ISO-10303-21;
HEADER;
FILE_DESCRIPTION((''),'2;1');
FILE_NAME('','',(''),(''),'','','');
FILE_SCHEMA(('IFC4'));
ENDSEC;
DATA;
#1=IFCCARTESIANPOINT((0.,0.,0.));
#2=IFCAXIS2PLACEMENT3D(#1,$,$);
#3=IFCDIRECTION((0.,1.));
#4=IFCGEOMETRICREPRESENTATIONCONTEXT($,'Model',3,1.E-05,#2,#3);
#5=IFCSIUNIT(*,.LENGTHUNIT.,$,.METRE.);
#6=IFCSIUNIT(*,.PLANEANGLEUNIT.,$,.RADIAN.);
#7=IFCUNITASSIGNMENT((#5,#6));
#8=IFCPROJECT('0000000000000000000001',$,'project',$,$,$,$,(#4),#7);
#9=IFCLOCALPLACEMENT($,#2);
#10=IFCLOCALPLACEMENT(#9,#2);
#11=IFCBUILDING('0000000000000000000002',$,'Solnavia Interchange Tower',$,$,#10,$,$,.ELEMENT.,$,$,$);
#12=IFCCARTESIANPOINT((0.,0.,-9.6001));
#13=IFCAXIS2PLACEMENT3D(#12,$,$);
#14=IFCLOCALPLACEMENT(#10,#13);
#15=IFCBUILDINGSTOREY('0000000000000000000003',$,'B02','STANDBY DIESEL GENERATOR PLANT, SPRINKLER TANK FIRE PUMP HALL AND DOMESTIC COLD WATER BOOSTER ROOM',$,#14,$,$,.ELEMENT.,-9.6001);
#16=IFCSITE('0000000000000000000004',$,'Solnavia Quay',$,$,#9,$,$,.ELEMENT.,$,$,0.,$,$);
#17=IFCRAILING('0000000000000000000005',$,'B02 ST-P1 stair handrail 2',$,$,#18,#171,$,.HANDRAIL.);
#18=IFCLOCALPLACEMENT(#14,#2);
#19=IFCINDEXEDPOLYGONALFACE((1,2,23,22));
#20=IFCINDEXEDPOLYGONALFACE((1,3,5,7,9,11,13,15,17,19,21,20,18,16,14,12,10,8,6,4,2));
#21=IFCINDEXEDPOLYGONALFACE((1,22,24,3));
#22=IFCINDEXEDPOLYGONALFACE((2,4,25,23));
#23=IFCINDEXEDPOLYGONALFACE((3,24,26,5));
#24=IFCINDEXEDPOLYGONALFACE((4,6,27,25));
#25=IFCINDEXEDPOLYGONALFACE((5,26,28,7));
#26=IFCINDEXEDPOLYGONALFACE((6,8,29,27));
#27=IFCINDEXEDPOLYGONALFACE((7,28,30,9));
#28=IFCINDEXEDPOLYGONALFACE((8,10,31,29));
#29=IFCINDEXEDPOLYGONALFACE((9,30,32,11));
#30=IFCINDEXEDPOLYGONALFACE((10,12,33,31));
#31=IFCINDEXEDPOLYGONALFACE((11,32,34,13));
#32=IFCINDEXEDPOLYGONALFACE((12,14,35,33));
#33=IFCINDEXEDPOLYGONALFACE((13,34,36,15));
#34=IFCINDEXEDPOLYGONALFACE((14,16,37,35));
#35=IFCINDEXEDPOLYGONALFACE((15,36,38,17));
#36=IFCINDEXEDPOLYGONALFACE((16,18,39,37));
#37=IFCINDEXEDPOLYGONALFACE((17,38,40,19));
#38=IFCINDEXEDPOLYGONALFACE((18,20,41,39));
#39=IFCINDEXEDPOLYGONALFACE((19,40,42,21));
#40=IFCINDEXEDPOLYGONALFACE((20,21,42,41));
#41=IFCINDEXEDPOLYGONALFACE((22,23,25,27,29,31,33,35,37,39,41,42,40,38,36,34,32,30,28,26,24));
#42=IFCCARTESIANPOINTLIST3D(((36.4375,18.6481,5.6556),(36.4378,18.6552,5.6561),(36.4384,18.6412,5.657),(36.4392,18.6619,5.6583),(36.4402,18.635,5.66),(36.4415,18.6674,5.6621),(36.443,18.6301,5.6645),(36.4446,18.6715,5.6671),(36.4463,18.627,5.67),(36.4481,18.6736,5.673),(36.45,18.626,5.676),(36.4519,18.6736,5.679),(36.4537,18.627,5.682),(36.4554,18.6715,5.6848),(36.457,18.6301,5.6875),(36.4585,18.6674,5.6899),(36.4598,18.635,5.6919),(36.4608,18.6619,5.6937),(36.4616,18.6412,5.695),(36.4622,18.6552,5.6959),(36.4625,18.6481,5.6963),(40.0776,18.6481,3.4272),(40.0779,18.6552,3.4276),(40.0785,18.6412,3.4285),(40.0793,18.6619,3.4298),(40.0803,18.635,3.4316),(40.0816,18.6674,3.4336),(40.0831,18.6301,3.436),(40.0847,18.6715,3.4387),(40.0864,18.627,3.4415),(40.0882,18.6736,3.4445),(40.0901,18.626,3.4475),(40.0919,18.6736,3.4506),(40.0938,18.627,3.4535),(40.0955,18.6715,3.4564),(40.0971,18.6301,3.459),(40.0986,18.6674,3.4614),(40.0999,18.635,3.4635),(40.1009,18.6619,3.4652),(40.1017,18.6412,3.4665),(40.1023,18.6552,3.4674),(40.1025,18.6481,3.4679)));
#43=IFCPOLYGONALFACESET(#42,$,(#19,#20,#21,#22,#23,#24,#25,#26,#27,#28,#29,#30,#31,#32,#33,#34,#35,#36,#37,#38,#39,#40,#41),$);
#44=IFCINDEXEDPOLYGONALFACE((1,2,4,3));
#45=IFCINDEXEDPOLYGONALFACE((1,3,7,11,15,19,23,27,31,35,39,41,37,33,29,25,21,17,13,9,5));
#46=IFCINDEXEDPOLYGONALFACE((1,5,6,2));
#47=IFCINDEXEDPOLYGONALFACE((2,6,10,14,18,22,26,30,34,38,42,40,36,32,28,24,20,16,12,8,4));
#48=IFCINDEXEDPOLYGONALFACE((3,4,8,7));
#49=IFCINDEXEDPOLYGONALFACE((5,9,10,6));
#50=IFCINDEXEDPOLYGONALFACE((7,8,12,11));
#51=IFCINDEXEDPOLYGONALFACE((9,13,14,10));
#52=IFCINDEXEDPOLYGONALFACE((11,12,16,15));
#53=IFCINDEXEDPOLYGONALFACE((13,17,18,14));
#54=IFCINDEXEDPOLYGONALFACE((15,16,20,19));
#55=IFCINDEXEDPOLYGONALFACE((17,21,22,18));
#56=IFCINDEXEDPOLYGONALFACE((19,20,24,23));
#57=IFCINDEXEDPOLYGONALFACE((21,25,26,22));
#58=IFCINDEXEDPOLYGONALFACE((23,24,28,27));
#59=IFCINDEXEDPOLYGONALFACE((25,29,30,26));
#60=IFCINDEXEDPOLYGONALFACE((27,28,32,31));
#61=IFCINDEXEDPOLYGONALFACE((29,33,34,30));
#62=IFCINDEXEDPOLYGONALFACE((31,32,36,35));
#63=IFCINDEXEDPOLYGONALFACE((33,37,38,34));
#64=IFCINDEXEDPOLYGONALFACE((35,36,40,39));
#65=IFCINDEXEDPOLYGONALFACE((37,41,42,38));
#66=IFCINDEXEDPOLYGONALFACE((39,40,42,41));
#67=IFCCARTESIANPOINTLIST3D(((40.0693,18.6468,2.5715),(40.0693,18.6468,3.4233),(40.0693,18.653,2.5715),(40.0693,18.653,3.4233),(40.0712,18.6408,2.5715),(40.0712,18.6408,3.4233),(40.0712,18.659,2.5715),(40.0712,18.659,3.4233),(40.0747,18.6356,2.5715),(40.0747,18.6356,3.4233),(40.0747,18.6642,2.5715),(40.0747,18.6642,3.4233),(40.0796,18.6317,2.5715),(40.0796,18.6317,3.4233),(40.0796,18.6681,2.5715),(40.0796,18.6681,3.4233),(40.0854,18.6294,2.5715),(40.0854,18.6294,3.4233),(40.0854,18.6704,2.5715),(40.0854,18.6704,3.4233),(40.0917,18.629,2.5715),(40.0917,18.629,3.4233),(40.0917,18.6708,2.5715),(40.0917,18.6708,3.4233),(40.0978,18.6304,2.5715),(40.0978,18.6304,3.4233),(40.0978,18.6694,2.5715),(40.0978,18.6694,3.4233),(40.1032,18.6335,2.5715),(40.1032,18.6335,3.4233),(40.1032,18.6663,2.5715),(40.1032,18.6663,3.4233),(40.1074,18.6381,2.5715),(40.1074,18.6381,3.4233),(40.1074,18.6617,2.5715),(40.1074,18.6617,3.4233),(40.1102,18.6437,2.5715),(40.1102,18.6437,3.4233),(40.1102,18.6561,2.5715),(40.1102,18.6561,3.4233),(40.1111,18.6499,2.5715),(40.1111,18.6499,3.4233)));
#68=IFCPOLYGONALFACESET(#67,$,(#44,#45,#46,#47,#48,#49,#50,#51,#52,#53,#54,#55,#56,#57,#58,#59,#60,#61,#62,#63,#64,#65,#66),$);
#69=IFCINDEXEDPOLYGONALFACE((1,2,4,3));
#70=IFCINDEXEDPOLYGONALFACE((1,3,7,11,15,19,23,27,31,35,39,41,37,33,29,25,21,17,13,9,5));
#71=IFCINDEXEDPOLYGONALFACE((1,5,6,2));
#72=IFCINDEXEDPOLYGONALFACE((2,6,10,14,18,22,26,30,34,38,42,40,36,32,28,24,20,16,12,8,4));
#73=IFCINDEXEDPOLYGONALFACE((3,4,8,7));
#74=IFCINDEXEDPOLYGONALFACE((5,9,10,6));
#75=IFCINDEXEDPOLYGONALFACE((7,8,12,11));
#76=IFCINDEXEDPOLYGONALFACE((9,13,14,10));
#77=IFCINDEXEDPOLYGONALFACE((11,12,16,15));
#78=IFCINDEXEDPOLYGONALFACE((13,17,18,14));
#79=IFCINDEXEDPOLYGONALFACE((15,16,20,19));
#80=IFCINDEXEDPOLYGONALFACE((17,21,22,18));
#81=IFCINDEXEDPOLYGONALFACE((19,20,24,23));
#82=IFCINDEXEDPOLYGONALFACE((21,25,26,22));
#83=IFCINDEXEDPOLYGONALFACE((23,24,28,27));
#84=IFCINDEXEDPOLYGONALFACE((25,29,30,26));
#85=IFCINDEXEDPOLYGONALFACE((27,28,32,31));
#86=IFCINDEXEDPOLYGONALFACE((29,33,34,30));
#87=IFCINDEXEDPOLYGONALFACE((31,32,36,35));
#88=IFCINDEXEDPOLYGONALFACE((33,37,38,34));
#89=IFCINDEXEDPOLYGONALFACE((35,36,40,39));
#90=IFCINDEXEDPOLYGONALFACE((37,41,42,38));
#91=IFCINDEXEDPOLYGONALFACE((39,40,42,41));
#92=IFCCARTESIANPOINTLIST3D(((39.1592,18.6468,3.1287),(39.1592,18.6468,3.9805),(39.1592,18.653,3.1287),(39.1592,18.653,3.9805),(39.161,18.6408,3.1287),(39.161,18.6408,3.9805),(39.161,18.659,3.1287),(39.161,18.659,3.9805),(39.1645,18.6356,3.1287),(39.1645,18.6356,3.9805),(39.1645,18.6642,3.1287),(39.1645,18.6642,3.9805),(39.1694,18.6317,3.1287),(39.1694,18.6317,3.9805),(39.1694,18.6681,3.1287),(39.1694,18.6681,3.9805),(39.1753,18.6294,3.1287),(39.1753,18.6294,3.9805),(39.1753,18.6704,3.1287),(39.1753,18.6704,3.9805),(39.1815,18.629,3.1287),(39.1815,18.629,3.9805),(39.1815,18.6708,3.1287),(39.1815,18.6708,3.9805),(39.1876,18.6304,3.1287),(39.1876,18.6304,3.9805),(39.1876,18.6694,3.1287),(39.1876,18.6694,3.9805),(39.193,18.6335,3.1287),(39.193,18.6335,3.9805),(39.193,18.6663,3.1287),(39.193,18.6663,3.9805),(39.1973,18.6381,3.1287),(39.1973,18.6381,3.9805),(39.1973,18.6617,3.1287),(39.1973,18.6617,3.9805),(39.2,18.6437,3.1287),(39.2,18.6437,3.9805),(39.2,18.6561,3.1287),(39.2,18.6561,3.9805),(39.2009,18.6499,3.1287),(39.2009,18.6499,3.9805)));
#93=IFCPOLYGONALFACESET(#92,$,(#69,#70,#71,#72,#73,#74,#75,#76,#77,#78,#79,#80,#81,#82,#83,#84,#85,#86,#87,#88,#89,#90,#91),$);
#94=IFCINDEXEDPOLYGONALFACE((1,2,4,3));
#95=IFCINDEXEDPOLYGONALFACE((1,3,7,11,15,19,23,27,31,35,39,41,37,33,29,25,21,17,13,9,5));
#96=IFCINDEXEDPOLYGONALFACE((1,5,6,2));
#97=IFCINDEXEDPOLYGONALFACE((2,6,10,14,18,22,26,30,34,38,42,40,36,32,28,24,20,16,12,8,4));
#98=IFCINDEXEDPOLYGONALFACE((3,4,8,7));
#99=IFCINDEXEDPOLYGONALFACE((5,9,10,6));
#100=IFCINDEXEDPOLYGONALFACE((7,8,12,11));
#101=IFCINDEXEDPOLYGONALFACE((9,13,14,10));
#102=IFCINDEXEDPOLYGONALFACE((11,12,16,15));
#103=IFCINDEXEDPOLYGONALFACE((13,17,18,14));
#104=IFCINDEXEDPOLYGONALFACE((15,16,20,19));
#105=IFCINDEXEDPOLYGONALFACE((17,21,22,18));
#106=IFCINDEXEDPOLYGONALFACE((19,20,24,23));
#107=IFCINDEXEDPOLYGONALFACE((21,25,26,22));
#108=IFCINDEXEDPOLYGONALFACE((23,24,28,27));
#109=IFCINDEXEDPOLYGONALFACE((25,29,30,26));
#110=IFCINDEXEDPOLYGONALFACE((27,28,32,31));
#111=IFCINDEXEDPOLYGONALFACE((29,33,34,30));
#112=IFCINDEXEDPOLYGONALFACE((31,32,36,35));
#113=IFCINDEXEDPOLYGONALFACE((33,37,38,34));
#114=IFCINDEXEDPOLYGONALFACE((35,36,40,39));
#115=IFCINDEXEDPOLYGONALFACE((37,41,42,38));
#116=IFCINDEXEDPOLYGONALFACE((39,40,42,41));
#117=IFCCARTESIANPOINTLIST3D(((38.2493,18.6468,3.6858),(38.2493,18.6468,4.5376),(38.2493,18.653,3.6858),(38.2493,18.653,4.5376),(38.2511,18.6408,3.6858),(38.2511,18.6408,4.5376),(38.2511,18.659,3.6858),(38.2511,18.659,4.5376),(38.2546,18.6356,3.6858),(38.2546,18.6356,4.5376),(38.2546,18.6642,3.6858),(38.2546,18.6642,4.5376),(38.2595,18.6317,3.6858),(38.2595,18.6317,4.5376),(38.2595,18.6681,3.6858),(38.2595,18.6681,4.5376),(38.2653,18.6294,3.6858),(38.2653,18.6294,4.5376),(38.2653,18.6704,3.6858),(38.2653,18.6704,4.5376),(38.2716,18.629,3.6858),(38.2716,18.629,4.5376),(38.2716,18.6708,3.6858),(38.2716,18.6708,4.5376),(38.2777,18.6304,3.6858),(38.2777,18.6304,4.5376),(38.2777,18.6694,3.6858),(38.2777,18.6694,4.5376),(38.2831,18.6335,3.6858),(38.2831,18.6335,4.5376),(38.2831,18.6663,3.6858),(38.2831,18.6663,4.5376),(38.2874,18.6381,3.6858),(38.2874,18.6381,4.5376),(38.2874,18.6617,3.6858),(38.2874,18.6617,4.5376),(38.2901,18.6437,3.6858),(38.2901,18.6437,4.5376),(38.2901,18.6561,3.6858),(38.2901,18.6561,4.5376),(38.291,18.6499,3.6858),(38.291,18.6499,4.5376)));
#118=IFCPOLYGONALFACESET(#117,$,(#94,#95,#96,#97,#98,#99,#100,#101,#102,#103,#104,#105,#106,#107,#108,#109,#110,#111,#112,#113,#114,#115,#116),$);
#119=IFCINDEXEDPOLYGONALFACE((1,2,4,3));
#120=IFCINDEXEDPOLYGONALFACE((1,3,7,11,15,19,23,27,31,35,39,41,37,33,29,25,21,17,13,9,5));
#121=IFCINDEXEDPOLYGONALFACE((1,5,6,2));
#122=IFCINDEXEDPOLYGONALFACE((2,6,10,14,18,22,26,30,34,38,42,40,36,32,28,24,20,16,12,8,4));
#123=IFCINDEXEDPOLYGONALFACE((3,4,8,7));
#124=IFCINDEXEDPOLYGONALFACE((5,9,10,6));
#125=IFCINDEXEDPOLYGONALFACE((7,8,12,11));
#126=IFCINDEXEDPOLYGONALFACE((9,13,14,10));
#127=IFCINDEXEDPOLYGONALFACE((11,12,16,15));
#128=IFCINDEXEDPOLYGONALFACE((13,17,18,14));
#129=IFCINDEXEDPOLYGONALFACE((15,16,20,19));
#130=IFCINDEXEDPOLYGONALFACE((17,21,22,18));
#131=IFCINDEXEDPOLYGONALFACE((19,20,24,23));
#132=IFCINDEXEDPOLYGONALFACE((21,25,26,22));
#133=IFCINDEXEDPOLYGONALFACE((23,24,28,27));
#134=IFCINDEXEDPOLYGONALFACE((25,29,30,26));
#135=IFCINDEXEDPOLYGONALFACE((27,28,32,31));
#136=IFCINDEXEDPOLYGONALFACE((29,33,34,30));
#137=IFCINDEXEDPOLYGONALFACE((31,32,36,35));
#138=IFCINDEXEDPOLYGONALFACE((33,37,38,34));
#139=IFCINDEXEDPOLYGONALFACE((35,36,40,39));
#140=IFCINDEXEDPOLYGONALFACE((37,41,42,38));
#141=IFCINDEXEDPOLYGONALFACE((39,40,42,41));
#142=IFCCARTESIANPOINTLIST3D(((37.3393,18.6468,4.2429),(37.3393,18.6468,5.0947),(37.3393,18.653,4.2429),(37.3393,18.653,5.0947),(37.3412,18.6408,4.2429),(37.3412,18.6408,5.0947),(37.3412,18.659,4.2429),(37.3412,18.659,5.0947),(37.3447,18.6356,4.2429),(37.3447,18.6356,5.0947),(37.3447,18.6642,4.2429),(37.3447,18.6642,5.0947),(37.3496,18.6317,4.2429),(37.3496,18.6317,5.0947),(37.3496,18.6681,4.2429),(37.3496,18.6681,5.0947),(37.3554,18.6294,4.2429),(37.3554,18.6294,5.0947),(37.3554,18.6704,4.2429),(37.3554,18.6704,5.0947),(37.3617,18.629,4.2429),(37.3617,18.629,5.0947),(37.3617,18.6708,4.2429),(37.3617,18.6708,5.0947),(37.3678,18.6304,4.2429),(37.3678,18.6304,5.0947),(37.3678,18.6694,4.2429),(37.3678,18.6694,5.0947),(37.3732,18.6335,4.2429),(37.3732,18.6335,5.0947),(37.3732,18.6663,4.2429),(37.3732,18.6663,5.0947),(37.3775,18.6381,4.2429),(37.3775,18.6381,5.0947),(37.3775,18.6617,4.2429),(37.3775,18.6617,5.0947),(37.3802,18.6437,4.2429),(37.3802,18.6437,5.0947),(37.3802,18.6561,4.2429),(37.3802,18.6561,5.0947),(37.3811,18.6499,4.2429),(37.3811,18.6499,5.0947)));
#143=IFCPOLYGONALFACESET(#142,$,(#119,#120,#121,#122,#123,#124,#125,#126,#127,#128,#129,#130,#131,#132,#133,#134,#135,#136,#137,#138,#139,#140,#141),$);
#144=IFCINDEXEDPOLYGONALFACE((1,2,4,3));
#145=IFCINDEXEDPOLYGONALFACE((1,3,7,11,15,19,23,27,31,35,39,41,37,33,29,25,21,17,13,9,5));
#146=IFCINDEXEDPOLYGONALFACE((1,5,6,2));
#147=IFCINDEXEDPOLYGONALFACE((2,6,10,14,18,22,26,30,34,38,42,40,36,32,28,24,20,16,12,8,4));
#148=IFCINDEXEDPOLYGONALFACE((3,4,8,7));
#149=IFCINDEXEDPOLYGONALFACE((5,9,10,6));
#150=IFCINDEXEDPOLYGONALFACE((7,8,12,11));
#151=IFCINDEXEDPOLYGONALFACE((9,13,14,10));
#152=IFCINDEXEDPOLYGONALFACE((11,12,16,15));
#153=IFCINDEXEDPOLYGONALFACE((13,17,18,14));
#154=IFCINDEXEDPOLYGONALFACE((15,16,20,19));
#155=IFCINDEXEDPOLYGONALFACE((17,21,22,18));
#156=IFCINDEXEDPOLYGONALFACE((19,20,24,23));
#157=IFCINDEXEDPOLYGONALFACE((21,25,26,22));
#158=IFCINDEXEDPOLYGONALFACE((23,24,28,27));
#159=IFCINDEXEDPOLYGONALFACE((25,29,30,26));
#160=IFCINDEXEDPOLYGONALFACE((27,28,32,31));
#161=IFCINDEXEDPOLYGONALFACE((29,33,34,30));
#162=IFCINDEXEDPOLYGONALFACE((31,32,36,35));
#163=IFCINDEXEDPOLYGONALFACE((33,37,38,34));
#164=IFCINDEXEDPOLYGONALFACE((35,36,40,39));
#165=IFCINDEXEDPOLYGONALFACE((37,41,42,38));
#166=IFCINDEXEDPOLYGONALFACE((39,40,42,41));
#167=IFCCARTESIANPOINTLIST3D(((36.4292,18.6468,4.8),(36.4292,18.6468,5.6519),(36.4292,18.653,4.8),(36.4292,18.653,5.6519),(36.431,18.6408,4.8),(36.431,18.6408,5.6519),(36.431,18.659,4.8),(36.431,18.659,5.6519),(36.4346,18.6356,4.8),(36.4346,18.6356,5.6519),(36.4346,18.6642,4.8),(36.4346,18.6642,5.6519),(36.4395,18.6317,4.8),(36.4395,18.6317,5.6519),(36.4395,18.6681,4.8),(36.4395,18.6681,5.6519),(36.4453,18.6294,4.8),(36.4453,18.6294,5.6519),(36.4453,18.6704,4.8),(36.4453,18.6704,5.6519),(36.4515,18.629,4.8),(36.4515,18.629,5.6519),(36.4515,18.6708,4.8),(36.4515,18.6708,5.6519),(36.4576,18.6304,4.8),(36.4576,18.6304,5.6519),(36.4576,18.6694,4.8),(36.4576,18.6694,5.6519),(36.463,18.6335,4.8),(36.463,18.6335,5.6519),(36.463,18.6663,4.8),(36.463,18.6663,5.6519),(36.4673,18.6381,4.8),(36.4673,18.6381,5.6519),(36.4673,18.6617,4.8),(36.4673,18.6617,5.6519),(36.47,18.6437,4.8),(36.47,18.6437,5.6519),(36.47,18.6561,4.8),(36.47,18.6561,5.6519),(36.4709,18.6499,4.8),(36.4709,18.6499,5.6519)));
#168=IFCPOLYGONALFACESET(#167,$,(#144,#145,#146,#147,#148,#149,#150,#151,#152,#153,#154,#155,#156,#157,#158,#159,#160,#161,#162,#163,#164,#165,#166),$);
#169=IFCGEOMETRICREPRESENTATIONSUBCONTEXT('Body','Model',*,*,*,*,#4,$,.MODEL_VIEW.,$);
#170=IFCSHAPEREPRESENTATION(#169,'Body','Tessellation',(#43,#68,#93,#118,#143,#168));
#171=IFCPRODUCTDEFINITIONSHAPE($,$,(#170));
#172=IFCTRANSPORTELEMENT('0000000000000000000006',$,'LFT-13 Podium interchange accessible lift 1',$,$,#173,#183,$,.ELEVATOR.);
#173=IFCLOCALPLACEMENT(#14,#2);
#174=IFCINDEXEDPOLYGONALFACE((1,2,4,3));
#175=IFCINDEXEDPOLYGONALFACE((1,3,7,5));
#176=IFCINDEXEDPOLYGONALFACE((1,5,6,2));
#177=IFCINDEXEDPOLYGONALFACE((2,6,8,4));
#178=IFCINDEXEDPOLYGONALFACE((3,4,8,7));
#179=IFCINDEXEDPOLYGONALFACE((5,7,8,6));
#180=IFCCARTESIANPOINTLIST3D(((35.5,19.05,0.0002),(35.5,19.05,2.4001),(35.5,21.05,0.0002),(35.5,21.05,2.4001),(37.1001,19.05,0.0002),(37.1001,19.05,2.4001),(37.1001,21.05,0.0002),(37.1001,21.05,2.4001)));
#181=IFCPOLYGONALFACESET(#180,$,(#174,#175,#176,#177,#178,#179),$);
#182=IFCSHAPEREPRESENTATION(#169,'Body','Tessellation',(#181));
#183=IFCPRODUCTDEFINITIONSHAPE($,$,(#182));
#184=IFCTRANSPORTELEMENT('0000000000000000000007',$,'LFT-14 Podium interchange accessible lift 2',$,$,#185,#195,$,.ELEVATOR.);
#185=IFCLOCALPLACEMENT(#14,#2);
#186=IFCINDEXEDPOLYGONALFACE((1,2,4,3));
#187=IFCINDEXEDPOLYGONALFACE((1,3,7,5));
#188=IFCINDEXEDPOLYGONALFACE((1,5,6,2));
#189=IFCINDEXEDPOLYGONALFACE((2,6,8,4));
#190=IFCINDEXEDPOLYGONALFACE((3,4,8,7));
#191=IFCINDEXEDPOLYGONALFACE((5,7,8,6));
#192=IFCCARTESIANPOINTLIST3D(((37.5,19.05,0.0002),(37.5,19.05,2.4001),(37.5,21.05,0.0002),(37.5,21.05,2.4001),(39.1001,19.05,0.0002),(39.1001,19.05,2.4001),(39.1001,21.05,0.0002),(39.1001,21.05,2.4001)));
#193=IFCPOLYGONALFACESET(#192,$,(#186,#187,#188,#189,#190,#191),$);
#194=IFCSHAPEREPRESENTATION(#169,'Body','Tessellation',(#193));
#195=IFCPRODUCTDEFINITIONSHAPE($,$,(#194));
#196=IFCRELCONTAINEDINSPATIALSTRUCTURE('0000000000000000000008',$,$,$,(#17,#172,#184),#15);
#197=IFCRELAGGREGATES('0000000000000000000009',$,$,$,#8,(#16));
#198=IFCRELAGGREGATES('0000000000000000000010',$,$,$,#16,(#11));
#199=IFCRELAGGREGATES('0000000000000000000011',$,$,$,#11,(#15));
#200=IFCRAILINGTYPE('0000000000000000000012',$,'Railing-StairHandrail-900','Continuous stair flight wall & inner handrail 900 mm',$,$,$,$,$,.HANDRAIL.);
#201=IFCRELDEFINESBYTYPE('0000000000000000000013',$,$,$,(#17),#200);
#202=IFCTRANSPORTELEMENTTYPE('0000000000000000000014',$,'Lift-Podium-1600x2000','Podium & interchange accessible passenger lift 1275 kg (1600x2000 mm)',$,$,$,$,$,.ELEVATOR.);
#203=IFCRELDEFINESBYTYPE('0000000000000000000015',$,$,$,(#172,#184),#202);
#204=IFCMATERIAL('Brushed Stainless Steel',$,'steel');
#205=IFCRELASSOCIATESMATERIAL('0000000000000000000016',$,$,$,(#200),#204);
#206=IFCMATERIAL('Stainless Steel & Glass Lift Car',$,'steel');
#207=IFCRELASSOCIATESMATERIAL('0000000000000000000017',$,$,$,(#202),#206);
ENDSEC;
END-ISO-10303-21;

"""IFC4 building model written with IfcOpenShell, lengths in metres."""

from ifc_helpers import new_model, si_unit, direction, frame, origin, origin_2d, place, context, subcontext, project, spatial, rectangle, circle, extrude, material, type_object, element, save


model = new_model("IFC4")

# Units and contexts
model_context = context("Model", 3, precision=1e-05, world=origin(), true_north=direction((0.0, 1.0)))
body_context = subcontext(model_context, "Body", "Model", "MODEL_VIEW")
ifc_project = project(units=[si_unit("LENGTHUNIT", "METRE"), si_unit("PLANEANGLEUNIT", "RADIAN")], contexts=[model_context])

# Site, building, storey
site_placement = place(None, origin())
site = spatial("IfcSite", under=ifc_project, at=site_placement, Name="Solnavia Quay", CompositionType="ELEMENT", RefElevation=0.0)
building_placement = place(site_placement, origin())
building = spatial("IfcBuilding", under=site, at=building_placement, Name="Solnavia Interchange Tower", CompositionType="ELEMENT")
storey_placement = place(building_placement, frame((0.0, 0.0, -9.6001)))
storey = spatial("IfcBuildingStorey", under=building, at=storey_placement, Name="B02", Description="STANDBY DIESEL GENERATOR PLANT, SPRINKLER TANK FIRE PUMP HALL AND DOMESTIC COLD WATER BOOSTER ROOM", CompositionType="ELEMENT", Elevation=-9.6001)

# Railing
ifc_material_1 = material(Name="Brushed Stainless Steel", Category="steel")
railing_type_1 = type_object("IfcRailingType", Name="Railing-StairHandrail-900", Description="Continuous stair flight wall & inner handrail 900 mm", PredefinedType="HANDRAIL", material=ifc_material_1)
railing_1_placement = place(storey_placement, frame((40.0901, 18.6499, 2.5715)))
element("IfcRailing", 1, at=railing_1_placement, inside=storey, type_object=railing_type_1, Name="B02 ST-P1 stair handrail 2", PredefinedType="HANDRAIL", context=body_context, shape_type="SweptSolid", body=[
    extrude(circle(Radius=0.0239, at=origin_2d()), frame((0.0, 0.0, 0.876), z_axis=(-0.852866, 0.0, 0.52213), x_axis=(0.0, -1.0, 0.0)), (0.0, 0.0, 1.0), 4.2681),
    extrude(circle(Radius=0.021, at=origin_2d()), origin(), (0.0, 0.0, 1.0), 0.8518),
    extrude(circle(Radius=0.021, at=origin_2d()), frame((-0.9102, 0.0, 0.5571)), (0.0, 0.0, 1.0), 0.8518),
    extrude(circle(Radius=0.021, at=origin_2d()), frame((-1.8201, 0.0, 1.1143)), (0.0, 0.0, 1.0), 0.8518),
    extrude(circle(Radius=0.021, at=origin_2d()), frame((-2.73, 0.0, 1.6714)), (0.0, 0.0, 1.0), 0.8518),
    extrude(circle(Radius=0.021, at=origin_2d()), frame((-3.6401, 0.0, 2.2285)), (0.0, 0.0, 1.0), 0.8518),
])

# Transport elements
ifc_material_2 = material(Name="Stainless Steel & Glass Lift Car", Category="steel")
transport_element_type = type_object("IfcTransportElementType", Name="Lift-Podium-1600x2000", Description="Podium & interchange accessible passenger lift 1275 kg (1600x2000 mm)", PredefinedType="ELEVATOR", material=ifc_material_2)
for number, where, z_axis, x_axis, name in (
    (2, (36.3, 20.05, 0.0002), (0.0, 0.0, 1.0), (1.0, 0.0, 0.0), "LFT-13 Podium interchange accessible lift 1"),
    (3, (38.3, 20.05, 0.0002), (0.0, 0.0, 1.0), (1.0, 0.0, 0.0), "LFT-14 Podium interchange accessible lift 2"),
):
    element("IfcTransportElement", number, at=place(storey_placement, frame(where, z_axis=z_axis, x_axis=x_axis)), inside=storey, type_object=transport_element_type, Name=name, PredefinedType="ELEVATOR", context=body_context, shape_type="SweptSolid", body=[
        extrude(rectangle(XDim=1.6001, YDim=2.0, at=origin_2d()), origin(), (0.0, 0.0, 1.0), 2.3999),
    ])

save(model, "model.ifc")
